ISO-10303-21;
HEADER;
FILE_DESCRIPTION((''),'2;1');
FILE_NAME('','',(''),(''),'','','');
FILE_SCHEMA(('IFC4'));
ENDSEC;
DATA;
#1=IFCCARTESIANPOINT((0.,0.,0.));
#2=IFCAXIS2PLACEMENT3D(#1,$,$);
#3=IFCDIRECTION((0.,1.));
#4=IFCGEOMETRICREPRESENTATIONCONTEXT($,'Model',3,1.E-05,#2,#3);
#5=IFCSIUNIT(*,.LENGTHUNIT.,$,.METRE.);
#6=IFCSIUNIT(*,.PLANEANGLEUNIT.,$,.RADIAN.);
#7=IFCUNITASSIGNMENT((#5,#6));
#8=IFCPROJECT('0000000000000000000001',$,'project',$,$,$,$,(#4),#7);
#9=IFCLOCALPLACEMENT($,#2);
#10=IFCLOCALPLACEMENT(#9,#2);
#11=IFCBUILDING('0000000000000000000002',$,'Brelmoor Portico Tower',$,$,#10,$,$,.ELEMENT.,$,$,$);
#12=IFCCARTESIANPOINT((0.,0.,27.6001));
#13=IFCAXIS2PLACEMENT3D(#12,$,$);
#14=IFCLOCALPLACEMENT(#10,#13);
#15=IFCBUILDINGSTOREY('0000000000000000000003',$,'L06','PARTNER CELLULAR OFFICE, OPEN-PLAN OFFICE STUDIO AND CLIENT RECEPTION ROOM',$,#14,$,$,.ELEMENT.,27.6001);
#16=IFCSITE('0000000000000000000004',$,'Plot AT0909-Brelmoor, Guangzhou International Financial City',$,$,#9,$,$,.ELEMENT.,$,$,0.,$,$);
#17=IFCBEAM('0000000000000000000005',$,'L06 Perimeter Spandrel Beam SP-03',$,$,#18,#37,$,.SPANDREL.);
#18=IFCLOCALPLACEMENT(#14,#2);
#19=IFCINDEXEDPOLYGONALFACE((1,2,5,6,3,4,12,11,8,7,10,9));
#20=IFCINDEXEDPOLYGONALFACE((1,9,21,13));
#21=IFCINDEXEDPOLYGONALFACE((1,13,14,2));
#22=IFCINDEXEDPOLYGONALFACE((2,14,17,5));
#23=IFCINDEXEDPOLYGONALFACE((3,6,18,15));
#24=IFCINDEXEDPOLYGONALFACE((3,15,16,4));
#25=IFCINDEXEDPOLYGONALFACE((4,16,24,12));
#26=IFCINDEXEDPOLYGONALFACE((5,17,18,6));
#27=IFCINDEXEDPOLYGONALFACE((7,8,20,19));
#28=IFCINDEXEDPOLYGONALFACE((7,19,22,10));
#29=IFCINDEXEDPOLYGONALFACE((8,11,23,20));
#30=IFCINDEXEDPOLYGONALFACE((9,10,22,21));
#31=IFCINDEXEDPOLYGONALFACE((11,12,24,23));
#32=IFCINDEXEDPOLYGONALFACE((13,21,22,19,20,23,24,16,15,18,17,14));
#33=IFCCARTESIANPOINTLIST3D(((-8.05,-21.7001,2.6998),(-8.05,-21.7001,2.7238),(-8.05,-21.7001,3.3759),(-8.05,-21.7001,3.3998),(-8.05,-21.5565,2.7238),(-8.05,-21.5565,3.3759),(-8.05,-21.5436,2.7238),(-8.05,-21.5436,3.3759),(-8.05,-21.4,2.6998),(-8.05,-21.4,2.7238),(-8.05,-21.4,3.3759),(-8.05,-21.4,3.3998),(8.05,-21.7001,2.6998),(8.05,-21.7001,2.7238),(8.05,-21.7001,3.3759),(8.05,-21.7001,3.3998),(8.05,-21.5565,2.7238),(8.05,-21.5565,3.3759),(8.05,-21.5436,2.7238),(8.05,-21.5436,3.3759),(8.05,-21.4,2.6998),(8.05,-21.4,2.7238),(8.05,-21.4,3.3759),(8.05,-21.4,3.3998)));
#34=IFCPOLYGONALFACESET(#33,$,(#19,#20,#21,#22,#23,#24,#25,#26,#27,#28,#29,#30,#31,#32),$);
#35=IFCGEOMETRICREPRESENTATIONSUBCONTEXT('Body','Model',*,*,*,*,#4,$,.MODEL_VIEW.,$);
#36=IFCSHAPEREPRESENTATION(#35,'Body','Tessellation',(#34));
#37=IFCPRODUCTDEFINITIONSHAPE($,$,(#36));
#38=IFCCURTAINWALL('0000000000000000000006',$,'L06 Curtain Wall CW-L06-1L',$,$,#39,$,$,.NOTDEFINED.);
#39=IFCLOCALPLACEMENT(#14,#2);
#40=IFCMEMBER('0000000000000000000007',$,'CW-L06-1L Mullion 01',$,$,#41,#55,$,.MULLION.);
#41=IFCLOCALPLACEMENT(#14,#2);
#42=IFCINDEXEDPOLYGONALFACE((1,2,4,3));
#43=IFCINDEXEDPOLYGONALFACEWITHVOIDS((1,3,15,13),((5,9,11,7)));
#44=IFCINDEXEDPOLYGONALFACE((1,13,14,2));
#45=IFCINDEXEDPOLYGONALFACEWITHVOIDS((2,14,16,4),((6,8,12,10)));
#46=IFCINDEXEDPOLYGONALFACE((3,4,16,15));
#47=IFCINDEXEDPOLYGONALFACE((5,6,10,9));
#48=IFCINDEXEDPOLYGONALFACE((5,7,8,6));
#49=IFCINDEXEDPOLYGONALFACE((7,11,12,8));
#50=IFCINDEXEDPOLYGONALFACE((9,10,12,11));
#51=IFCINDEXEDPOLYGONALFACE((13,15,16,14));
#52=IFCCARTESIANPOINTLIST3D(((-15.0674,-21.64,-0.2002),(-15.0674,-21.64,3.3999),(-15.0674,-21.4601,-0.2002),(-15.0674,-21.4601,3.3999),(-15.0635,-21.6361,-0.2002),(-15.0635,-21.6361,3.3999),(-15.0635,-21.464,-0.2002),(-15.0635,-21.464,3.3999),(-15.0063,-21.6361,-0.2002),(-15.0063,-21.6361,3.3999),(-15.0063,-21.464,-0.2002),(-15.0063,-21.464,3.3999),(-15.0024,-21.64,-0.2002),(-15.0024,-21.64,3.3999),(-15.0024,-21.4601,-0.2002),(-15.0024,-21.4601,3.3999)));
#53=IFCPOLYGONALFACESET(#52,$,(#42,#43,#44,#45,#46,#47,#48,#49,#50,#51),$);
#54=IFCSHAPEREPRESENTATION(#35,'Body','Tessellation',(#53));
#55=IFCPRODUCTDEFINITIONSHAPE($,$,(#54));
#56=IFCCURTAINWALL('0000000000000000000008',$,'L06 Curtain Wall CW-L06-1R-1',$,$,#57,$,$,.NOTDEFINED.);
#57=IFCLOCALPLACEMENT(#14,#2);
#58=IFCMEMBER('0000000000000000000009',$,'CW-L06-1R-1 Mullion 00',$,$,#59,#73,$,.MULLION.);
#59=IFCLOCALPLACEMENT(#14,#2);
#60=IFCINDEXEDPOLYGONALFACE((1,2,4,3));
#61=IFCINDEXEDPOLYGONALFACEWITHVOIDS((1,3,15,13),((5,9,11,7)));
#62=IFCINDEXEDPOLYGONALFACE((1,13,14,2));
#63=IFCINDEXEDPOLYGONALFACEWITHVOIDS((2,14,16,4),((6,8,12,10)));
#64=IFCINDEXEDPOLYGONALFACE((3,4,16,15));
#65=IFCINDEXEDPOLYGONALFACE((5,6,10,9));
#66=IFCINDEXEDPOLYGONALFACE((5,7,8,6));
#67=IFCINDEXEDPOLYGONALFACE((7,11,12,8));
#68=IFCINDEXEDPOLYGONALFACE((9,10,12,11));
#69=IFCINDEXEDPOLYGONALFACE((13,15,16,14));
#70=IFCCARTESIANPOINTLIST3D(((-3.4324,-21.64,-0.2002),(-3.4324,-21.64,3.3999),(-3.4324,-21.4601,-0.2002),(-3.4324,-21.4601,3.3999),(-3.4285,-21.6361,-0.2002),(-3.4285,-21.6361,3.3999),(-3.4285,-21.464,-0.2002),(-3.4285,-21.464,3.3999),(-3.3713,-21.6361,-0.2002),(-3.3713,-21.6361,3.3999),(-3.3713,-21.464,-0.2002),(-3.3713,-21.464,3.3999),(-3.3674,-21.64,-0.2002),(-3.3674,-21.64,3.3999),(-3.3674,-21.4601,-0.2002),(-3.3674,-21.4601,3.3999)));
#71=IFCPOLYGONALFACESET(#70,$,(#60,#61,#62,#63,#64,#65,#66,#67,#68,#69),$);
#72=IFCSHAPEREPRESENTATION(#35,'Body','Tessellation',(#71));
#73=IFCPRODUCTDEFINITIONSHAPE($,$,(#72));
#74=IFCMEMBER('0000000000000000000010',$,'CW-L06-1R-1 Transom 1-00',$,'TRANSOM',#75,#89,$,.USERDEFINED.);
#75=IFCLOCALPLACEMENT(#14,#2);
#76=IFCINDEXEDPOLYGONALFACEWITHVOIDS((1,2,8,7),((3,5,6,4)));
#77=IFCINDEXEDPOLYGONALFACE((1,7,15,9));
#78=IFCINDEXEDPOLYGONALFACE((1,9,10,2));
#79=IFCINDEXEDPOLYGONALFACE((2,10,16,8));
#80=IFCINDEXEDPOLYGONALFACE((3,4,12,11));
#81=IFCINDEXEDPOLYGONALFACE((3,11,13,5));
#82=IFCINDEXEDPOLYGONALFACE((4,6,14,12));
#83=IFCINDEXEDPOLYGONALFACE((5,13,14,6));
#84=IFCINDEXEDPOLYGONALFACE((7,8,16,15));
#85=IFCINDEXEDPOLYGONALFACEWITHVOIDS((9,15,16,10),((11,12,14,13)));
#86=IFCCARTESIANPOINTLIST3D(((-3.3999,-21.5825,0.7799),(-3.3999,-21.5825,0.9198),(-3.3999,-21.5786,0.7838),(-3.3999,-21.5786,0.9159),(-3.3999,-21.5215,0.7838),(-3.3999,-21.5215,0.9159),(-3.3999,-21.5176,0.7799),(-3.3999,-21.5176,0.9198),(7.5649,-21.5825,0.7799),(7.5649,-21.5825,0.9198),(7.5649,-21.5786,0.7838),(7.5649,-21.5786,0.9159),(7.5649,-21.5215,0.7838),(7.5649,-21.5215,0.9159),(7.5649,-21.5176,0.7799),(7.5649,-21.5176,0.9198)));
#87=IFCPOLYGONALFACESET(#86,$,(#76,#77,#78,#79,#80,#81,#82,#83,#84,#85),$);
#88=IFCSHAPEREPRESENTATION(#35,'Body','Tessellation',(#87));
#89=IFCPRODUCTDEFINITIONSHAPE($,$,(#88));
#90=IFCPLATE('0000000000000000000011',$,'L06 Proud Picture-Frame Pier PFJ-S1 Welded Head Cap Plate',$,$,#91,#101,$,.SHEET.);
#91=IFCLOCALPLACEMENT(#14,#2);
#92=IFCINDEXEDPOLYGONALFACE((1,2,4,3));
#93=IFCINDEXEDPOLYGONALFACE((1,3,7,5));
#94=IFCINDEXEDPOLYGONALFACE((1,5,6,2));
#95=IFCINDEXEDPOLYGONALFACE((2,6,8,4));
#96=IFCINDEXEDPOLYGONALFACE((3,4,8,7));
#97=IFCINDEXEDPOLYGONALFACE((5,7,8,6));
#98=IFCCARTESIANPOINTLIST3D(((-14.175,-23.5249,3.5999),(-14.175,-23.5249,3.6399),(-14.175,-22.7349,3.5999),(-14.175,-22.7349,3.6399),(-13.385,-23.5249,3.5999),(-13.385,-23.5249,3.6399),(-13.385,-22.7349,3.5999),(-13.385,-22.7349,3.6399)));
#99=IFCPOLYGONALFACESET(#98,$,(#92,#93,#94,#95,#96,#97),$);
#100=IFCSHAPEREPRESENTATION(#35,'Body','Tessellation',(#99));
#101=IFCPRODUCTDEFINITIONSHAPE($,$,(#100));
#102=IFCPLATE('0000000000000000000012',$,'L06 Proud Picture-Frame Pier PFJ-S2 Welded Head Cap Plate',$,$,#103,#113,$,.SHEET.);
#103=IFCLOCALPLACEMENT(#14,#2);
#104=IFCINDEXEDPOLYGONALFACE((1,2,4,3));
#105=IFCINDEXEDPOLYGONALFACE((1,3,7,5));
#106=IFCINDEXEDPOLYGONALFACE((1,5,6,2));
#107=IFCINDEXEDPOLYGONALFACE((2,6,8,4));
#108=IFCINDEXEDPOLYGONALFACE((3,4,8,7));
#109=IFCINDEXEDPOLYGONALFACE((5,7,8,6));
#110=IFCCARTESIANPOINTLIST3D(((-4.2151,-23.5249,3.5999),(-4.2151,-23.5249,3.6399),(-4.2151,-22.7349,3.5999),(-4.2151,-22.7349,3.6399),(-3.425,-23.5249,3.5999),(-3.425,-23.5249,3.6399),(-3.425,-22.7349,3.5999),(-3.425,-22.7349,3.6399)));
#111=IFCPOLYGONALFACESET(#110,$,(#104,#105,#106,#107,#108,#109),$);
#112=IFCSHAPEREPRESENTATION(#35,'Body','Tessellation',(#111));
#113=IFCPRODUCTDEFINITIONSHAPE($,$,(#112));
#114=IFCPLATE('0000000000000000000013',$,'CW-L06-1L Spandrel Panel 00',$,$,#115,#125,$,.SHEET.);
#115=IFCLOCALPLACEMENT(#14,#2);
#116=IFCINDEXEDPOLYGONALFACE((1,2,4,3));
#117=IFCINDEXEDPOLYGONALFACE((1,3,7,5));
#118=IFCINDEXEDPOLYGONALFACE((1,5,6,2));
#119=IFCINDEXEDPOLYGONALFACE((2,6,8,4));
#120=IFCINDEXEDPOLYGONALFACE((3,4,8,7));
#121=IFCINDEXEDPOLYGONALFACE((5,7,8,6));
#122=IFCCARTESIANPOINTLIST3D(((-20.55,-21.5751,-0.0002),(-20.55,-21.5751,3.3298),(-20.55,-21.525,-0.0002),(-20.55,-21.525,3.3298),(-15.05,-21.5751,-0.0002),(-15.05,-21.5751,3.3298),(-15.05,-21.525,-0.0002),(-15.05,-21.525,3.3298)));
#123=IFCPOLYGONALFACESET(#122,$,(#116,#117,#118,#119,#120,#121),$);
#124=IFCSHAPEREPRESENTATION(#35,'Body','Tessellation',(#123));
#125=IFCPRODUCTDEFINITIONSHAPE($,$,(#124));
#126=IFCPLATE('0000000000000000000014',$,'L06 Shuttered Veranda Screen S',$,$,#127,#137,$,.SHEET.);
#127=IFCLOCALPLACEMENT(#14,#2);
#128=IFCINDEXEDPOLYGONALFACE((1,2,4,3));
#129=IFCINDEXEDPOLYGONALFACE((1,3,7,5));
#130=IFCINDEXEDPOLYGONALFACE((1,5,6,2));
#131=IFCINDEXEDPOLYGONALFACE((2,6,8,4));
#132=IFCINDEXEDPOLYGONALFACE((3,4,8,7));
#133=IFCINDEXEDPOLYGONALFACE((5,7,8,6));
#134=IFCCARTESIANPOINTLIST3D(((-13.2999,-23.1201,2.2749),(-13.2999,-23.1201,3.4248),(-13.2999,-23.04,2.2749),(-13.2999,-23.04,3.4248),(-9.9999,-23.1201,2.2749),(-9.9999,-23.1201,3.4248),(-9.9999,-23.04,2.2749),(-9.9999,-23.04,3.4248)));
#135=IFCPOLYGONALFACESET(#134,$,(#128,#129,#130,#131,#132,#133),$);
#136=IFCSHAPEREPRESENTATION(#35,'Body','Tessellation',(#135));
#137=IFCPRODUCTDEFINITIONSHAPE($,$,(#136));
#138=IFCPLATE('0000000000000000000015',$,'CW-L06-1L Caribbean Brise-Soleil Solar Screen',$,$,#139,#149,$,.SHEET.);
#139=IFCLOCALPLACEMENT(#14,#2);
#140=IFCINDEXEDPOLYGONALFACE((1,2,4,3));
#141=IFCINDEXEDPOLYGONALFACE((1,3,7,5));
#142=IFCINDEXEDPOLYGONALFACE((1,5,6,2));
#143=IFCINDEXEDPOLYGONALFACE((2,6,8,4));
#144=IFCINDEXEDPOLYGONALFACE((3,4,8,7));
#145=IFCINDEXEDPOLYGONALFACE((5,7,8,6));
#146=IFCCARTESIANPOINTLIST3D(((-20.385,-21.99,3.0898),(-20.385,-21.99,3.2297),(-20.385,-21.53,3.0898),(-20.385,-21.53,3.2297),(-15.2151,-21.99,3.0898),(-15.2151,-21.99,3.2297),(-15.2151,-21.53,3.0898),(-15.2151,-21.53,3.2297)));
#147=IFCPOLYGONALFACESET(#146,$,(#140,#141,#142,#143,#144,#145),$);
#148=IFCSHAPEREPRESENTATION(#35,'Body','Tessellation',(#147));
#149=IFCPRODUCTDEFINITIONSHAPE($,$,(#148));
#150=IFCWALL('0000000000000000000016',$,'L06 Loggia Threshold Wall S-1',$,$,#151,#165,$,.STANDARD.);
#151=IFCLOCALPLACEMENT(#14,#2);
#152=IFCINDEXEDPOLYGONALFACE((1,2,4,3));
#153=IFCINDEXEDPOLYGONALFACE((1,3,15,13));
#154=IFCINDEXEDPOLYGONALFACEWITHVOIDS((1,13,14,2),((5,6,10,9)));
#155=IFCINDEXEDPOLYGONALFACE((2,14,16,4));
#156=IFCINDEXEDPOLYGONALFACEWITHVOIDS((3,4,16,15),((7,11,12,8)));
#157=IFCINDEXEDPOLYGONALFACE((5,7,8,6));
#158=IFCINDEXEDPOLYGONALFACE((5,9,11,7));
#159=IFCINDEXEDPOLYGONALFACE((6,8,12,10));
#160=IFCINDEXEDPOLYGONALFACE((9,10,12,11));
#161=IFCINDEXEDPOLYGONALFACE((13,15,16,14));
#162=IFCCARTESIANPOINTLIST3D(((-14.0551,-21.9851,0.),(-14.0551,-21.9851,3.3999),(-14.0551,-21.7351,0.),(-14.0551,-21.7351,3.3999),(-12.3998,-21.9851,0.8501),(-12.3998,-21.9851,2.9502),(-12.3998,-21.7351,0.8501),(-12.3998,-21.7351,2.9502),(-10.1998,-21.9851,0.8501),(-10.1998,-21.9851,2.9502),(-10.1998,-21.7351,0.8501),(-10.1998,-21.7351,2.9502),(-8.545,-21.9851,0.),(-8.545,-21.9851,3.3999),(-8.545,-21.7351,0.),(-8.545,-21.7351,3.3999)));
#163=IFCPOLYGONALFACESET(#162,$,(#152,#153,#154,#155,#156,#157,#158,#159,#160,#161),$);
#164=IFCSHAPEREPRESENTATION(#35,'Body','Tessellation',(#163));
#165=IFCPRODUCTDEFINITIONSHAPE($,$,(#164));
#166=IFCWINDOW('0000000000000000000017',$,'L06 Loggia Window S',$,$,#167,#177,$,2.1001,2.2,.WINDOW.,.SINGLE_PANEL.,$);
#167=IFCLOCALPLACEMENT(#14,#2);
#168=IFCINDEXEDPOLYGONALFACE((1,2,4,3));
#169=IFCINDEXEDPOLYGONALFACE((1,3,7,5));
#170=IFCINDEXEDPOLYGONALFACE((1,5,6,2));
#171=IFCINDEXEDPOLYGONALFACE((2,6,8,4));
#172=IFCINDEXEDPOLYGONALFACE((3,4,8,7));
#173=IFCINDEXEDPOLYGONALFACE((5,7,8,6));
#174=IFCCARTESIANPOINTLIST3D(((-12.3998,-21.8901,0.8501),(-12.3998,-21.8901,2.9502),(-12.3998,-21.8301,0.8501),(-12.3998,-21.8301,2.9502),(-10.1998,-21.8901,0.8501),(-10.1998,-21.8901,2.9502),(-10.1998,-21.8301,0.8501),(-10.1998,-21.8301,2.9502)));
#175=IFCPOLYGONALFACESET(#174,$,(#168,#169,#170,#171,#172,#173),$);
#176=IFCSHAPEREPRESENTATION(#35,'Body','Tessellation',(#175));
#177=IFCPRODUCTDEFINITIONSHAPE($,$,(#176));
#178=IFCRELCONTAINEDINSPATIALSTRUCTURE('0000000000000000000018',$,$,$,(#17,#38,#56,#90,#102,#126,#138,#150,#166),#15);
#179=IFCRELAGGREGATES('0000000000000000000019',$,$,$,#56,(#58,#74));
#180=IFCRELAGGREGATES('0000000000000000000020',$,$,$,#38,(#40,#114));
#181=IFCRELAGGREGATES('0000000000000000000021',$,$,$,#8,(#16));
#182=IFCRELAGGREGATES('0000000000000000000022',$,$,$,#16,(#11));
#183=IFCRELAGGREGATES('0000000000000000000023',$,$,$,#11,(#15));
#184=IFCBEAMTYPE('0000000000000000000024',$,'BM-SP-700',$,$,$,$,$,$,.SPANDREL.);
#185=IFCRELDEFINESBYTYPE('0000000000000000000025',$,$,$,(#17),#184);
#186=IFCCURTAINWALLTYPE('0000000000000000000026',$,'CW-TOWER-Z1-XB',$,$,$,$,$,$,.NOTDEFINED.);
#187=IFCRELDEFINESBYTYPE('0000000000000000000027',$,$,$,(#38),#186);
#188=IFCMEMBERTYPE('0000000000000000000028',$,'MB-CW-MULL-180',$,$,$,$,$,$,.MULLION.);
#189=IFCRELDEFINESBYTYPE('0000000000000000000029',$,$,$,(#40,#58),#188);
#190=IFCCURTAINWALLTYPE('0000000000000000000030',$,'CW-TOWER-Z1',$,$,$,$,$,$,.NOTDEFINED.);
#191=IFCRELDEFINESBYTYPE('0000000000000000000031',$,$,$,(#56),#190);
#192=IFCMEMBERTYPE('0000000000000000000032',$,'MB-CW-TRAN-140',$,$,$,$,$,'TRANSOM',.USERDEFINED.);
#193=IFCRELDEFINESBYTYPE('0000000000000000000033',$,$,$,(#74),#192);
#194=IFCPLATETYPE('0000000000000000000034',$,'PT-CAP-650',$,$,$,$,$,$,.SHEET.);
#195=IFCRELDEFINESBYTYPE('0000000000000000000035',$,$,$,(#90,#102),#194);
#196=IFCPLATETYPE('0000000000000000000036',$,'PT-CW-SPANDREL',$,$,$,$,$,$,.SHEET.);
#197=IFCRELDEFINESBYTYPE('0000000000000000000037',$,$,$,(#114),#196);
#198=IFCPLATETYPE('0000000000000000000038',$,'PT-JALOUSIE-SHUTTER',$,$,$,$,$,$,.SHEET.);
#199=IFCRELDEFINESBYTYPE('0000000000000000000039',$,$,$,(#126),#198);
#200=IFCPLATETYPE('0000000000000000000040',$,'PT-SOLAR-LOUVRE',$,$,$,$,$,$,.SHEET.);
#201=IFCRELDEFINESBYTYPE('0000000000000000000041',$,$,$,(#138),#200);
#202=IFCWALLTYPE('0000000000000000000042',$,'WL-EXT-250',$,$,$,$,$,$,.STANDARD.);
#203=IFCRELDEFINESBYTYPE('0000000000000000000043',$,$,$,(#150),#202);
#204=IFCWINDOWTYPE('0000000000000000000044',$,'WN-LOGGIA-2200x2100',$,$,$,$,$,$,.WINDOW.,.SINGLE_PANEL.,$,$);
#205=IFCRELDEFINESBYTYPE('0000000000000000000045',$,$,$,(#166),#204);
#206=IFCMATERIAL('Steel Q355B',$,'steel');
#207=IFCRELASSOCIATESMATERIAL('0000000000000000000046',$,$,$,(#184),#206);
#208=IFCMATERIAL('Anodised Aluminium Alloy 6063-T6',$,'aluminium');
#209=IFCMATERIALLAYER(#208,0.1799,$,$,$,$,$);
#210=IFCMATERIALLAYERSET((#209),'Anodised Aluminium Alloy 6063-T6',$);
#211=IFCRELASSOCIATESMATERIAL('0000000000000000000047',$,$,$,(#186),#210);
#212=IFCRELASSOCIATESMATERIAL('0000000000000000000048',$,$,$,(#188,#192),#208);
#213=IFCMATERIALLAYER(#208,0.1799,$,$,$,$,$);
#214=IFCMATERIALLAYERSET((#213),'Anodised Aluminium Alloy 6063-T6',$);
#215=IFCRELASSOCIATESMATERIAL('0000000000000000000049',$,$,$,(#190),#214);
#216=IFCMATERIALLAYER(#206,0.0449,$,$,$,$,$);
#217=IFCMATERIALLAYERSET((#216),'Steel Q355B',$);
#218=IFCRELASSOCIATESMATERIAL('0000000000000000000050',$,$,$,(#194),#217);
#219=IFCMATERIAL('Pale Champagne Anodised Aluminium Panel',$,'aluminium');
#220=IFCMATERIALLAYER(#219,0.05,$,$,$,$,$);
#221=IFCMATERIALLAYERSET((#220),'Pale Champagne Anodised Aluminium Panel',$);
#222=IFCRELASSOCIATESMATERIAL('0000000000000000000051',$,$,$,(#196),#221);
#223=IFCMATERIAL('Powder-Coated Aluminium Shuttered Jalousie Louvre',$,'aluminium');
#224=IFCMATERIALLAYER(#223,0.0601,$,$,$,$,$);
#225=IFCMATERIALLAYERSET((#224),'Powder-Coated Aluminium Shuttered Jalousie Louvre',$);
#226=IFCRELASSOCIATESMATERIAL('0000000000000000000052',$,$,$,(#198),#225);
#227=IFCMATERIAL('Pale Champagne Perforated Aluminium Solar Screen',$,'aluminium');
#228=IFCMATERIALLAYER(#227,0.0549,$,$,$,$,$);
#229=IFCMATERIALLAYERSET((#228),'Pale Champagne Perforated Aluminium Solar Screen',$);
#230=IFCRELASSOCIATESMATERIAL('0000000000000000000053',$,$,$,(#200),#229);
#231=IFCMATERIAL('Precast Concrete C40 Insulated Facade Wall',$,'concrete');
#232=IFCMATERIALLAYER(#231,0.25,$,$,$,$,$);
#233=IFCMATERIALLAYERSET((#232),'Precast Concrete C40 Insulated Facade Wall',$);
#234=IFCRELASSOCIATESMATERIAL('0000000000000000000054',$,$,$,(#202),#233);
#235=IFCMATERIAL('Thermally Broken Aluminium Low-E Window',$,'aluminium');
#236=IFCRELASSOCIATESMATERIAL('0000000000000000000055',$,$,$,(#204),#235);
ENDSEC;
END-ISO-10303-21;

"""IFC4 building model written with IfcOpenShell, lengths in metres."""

from ifc_helpers import new_model, si_unit, direction, frame, frame_2d, origin, origin_2d, place, context, subcontext, project, spatial, rectangle, hollow_rectangle, i_section, extrude, material, layer, layer_set, material_profile, profile_set, type_object, element, fill, aggregate, save


model = new_model("IFC4")

# Units and contexts
model_context = context("Model", 3, precision=1e-05, world=origin(), true_north=direction((0.0, 1.0)))
body_context = subcontext(model_context, "Body", "Model", "MODEL_VIEW")
ifc_project = project(units=[si_unit("LENGTHUNIT", "METRE"), si_unit("PLANEANGLEUNIT", "RADIAN")], contexts=[model_context])

# Site, building, storey
site_placement = place(None, origin())
site = spatial("IfcSite", under=ifc_project, at=site_placement, Name="Plot AT0909-Brelmoor, Guangzhou International Financial City", CompositionType="ELEMENT", RefElevation=0.0)
building_placement = place(site_placement, origin())
building = spatial("IfcBuilding", under=site, at=building_placement, Name="Brelmoor Portico Tower", CompositionType="ELEMENT")
storey_placement = place(building_placement, frame((0.0, 0.0, 27.6001)))
storey = spatial("IfcBuildingStorey", under=building, at=storey_placement, Name="L06", Description="PARTNER CELLULAR OFFICE, OPEN-PLAN OFFICE STUDIO AND CLIENT RECEPTION ROOM", CompositionType="ELEMENT", Elevation=27.6001)

# Shared definitions
ifc_material_1 = material(Name="Steel Q355B", Category="steel")

# Beam
ifc_material_profile_1 = material_profile(ifc_material_1, i_section(OverallWidth=0.3, OverallDepth=0.7, WebThickness=0.0129, FlangeThickness=0.0239, at=origin_2d()), Name="HN 700x300x13x24")
ifc_profile_set_1 = profile_set([ifc_material_profile_1], Name="Steel Q355B")
beam_type_1 = type_object("IfcBeamType", Name="BM-SP-700", PredefinedType="SPANDREL", material=ifc_profile_set_1)
beam_1_placement = place(storey_placement, frame((-8.05, -21.55, 3.0498), z_axis=(1.0, 0.0, 0.0), x_axis=(0.0, 1.0, 0.0)))
element("IfcBeam", 1, at=beam_1_placement, inside=storey, type_object=beam_type_1, Name="L06 Perimeter Spandrel Beam SP-03", PredefinedType="SPANDREL", context=body_context, shape_type="SweptSolid", body=[
    extrude(i_section(OverallWidth=0.3, OverallDepth=0.7, WebThickness=0.0129, FlangeThickness=0.0239, at=origin_2d()), origin(), (0.0, 0.0, 1.0), 16.1001),
])

# Curtain wall, member
ifc_material_2 = material(Name="Anodised Aluminium Alloy 6063-T6", Category="aluminium")
ifc_layer_1 = layer(ifc_material_2, 0.1799)
ifc_layer_set_1 = layer_set([ifc_layer_1], Name="Anodised Aluminium Alloy 6063-T6")
curtain_wall_type_1 = type_object("IfcCurtainWallType", Name="CW-TOWER-Z1-XB", PredefinedType="NOTDEFINED", material=ifc_layer_set_1)
curtain_wall_1_placement = place(storey_placement, origin())
curtain_wall_1 = element("IfcCurtainWall", 2, at=curtain_wall_1_placement, inside=storey, type_object=curtain_wall_type_1, Name="L06 Curtain Wall CW-L06-1L", PredefinedType="NOTDEFINED")
ifc_material_profile_2 = material_profile(ifc_material_2, hollow_rectangle(XDim=0.0649, YDim=0.1799, WallThickness=0.0039, at=origin_2d()), Name="ALU MULLION 65x180")
ifc_profile_set_2 = profile_set([ifc_material_profile_2], Name="Anodised Aluminium Alloy 6063-T6")
member_type_1 = type_object("IfcMemberType", Name="MB-CW-MULL-180", PredefinedType="MULLION", material=ifc_profile_set_2)
member_1_placement = place(storey_placement, frame((-15.0349, -21.55, -0.2002), z_axis=(0.0, 0.0, 1.0), x_axis=(1.0, 0.0, 0.0)))
member_1 = element("IfcMember", 3, at=member_1_placement, type_object=member_type_1, Name="CW-L06-1L Mullion 01", PredefinedType="MULLION", context=body_context, shape_type="SweptSolid", body=[
    extrude(hollow_rectangle(XDim=0.0649, YDim=0.1799, WallThickness=0.0039, at=origin_2d()), origin(), (0.0, 0.0, 1.0), 3.6001),
])

# Curtain wall, members
ifc_layer_2 = layer(ifc_material_2, 0.1799)
ifc_layer_set_2 = layer_set([ifc_layer_2], Name="Anodised Aluminium Alloy 6063-T6")
curtain_wall_type_2 = type_object("IfcCurtainWallType", Name="CW-TOWER-Z1", PredefinedType="NOTDEFINED", material=ifc_layer_set_2)
curtain_wall_2_placement = place(storey_placement, origin())
curtain_wall_2 = element("IfcCurtainWall", 4, at=curtain_wall_2_placement, inside=storey, type_object=curtain_wall_type_2, Name="L06 Curtain Wall CW-L06-1R-1", PredefinedType="NOTDEFINED")
member_2_placement = place(storey_placement, frame((-3.3999, -21.55, -0.2002), z_axis=(0.0, 0.0, 1.0), x_axis=(1.0, 0.0, 0.0)))
member_2 = element("IfcMember", 5, at=member_2_placement, type_object=member_type_1, Name="CW-L06-1R-1 Mullion 00", PredefinedType="MULLION", context=body_context, shape_type="SweptSolid", body=[
    extrude(hollow_rectangle(XDim=0.0649, YDim=0.1799, WallThickness=0.0039, at=origin_2d()), origin(), (0.0, 0.0, 1.0), 3.6001),
])
ifc_material_profile_3 = material_profile(ifc_material_2, hollow_rectangle(XDim=0.0649, YDim=0.1399, WallThickness=0.0039, at=origin_2d()), Name="ALU TRANSOM 65x140")
ifc_profile_set_3 = profile_set([ifc_material_profile_3], Name="Anodised Aluminium Alloy 6063-T6")
member_type_2 = type_object("IfcMemberType", Name="MB-CW-TRAN-140", ElementType="TRANSOM", PredefinedType="USERDEFINED", material=ifc_profile_set_3)
member_3_placement = place(storey_placement, frame((-3.3999, -21.55, 0.8499), z_axis=(1.0, 0.0, 0.0), x_axis=(0.0, 1.0, 0.0)))
member_3 = element("IfcMember", 6, at=member_3_placement, type_object=member_type_2, Name="CW-L06-1R-1 Transom 1-00", ObjectType="TRANSOM", PredefinedType="USERDEFINED", context=body_context, shape_type="SweptSolid", body=[
    extrude(hollow_rectangle(XDim=0.0649, YDim=0.1399, WallThickness=0.0039, at=origin_2d()), origin(), (0.0, 0.0, 1.0), 10.9648),
])
aggregate(curtain_wall_2, [member_2, member_3])

# Plates
ifc_layer_3 = layer(ifc_material_1, 0.0449)
ifc_layer_set_3 = layer_set([ifc_layer_3], Name="Steel Q355B")
plate_type_1 = type_object("IfcPlateType", Name="PT-CAP-650", PredefinedType="SHEET", material=ifc_layer_set_3)
for number, where, z_axis, x_axis, name in (
    (7, (-13.78, -23.1299, 3.5999), (0.0, 0.0, 1.0), (1.0, 0.0, 0.0), "L06 Proud Picture-Frame Pier PFJ-S1 Welded Head Cap Plate"),
    (8, (-3.8201, -23.1299, 3.5999), (0.0, 0.0, 1.0), (1.0, 0.0, 0.0), "L06 Proud Picture-Frame Pier PFJ-S2 Welded Head Cap Plate"),
):
    element("IfcPlate", number, at=place(storey_placement, frame(where, z_axis=z_axis, x_axis=x_axis)), inside=storey, type_object=plate_type_1, Name=name, PredefinedType="SHEET", context=body_context, shape_type="SweptSolid", body=[
        extrude(rectangle(XDim=0.79, YDim=0.79, at=origin_2d()), origin(), (0.0, 0.0, 1.0), 0.04),
    ])

# Plate
ifc_material_3 = material(Name="Pale Champagne Anodised Aluminium Panel", Category="aluminium")
ifc_layer_4 = layer(ifc_material_3, 0.05)
ifc_layer_set_4 = layer_set([ifc_layer_4], Name="Pale Champagne Anodised Aluminium Panel")
plate_type_2 = type_object("IfcPlateType", Name="PT-CW-SPANDREL", PredefinedType="SHEET", material=ifc_layer_set_4)
plate_1_placement = place(storey_placement, frame((-17.8, -21.55, -0.0002), z_axis=(0.0, 0.0, 1.0), x_axis=(1.0, 0.0, 0.0)))
plate_1 = element("IfcPlate", 9, at=plate_1_placement, type_object=plate_type_2, Name="CW-L06-1L Spandrel Panel 00", PredefinedType="SHEET", context=body_context, shape_type="SweptSolid", body=[
    extrude(rectangle(XDim=5.5, YDim=0.05, at=origin_2d()), origin(), (0.0, 0.0, 1.0), 3.3301),
])
aggregate(curtain_wall_1, [member_1, plate_1])

# Plates
ifc_material_4 = material(Name="Powder-Coated Aluminium Shuttered Jalousie Louvre", Category="aluminium")
ifc_layer_5 = layer(ifc_material_4, 0.0601)
ifc_layer_set_5 = layer_set([ifc_layer_5], Name="Powder-Coated Aluminium Shuttered Jalousie Louvre")
plate_type_3 = type_object("IfcPlateType", Name="PT-JALOUSIE-SHUTTER", PredefinedType="SHEET", material=ifc_layer_set_5)
plate_2_placement = place(storey_placement, frame((-11.6499, -23.0801, 2.2749), z_axis=(0.0, 0.0, 1.0), x_axis=(1.0, 0.0, 0.0)))
element("IfcPlate", 10, at=plate_2_placement, inside=storey, type_object=plate_type_3, Name="L06 Shuttered Veranda Screen S", PredefinedType="SHEET", context=body_context, shape_type="SweptSolid", body=[
    extrude(rectangle(XDim=3.3, YDim=0.0801, at=origin_2d()), origin(), (0.0, 0.0, 1.0), 1.1499),
])
ifc_material_5 = material(Name="Pale Champagne Perforated Aluminium Solar Screen", Category="aluminium")
ifc_layer_6 = layer(ifc_material_5, 0.0549)
ifc_layer_set_6 = layer_set([ifc_layer_6], Name="Pale Champagne Perforated Aluminium Solar Screen")
plate_type_4 = type_object("IfcPlateType", Name="PT-SOLAR-LOUVRE", PredefinedType="SHEET", material=ifc_layer_set_6)
plate_3_placement = place(storey_placement, frame((-17.8, -21.76, 3.0898), z_axis=(0.0, 0.0, 1.0), x_axis=(1.0, 0.0, 0.0)))
element("IfcPlate", 11, at=plate_3_placement, inside=storey, type_object=plate_type_4, Name="CW-L06-1L Caribbean Brise-Soleil Solar Screen", PredefinedType="SHEET", context=body_context, shape_type="SweptSolid", body=[
    extrude(rectangle(XDim=5.1699, YDim=0.46, at=origin_2d()), origin(), (0.0, 0.0, 1.0), 0.1399),
])

# Wall, opening, window
ifc_material_6 = material(Name="Precast Concrete C40 Insulated Facade Wall", Category="concrete")
ifc_layer_7 = layer(ifc_material_6, 0.25)
ifc_layer_set_7 = layer_set([ifc_layer_7], Name="Precast Concrete C40 Insulated Facade Wall")
wall_type_1 = type_object("IfcWallType", Name="WL-EXT-250", PredefinedType="STANDARD", material=ifc_layer_set_7)
wall_1_placement = place(storey_placement, frame((-14.0549, -21.8601, 0.0), z_axis=(0.0, 0.0, 1.0), x_axis=(1.0, 0.0, 0.0)))
wall_1 = element("IfcWall", 12, at=wall_1_placement, inside=storey, type_object=wall_type_1, Name="L06 Loggia Threshold Wall S-1", PredefinedType="STANDARD", context=body_context, shape_type="SweptSolid", body=[
    extrude(rectangle(XDim=5.51, YDim=0.25, at=frame_2d((2.7549, 0.0))), origin(), (0.0, 0.0, 1.0), 3.3999),
])
opening_1_placement = place(wall_1_placement, frame((1.655, 0.0, 0.8501)))
opening_1 = element("IfcOpeningElement", 13, at=opening_1_placement, cuts=wall_1, PredefinedType="OPENING", context=body_context, shape_type="SweptSolid", body=[
    extrude(rectangle(XDim=2.2, YDim=2.1001, at=frame_2d((1.1001, 1.05))), frame((0.0, 0.135, 0.0), z_axis=(0.0, -1.0, 0.0), x_axis=(1.0, 0.0, 0.0)), (0.0, 0.0, 1.0), 0.27),
])
ifc_material_7 = material(Name="Thermally Broken Aluminium Low-E Window", Category="aluminium")
window_type = type_object("IfcWindowType", Name="WN-LOGGIA-2200x2100", PartitioningType="SINGLE_PANEL", PredefinedType="WINDOW", material=ifc_material_7)
window_placement = place(opening_1_placement, origin())
window = element("IfcWindow", 14, at=window_placement, inside=storey, type_object=window_type, Name="L06 Loggia Window S", OverallHeight=2.1001, OverallWidth=2.2, PartitioningType="SINGLE_PANEL", PredefinedType="WINDOW", context=body_context, shape_type="SweptSolid", body=[
    extrude(rectangle(XDim=2.2, YDim=2.1001, at=frame_2d((1.1001, 1.05))), frame((0.0, 0.03, 0.0), z_axis=(0.0, -1.0, 0.0), x_axis=(1.0, 0.0, 0.0)), (0.0, 0.0, 1.0), 0.0601),
])
fill(opening_1, window)

save(model, "model.ifc")
